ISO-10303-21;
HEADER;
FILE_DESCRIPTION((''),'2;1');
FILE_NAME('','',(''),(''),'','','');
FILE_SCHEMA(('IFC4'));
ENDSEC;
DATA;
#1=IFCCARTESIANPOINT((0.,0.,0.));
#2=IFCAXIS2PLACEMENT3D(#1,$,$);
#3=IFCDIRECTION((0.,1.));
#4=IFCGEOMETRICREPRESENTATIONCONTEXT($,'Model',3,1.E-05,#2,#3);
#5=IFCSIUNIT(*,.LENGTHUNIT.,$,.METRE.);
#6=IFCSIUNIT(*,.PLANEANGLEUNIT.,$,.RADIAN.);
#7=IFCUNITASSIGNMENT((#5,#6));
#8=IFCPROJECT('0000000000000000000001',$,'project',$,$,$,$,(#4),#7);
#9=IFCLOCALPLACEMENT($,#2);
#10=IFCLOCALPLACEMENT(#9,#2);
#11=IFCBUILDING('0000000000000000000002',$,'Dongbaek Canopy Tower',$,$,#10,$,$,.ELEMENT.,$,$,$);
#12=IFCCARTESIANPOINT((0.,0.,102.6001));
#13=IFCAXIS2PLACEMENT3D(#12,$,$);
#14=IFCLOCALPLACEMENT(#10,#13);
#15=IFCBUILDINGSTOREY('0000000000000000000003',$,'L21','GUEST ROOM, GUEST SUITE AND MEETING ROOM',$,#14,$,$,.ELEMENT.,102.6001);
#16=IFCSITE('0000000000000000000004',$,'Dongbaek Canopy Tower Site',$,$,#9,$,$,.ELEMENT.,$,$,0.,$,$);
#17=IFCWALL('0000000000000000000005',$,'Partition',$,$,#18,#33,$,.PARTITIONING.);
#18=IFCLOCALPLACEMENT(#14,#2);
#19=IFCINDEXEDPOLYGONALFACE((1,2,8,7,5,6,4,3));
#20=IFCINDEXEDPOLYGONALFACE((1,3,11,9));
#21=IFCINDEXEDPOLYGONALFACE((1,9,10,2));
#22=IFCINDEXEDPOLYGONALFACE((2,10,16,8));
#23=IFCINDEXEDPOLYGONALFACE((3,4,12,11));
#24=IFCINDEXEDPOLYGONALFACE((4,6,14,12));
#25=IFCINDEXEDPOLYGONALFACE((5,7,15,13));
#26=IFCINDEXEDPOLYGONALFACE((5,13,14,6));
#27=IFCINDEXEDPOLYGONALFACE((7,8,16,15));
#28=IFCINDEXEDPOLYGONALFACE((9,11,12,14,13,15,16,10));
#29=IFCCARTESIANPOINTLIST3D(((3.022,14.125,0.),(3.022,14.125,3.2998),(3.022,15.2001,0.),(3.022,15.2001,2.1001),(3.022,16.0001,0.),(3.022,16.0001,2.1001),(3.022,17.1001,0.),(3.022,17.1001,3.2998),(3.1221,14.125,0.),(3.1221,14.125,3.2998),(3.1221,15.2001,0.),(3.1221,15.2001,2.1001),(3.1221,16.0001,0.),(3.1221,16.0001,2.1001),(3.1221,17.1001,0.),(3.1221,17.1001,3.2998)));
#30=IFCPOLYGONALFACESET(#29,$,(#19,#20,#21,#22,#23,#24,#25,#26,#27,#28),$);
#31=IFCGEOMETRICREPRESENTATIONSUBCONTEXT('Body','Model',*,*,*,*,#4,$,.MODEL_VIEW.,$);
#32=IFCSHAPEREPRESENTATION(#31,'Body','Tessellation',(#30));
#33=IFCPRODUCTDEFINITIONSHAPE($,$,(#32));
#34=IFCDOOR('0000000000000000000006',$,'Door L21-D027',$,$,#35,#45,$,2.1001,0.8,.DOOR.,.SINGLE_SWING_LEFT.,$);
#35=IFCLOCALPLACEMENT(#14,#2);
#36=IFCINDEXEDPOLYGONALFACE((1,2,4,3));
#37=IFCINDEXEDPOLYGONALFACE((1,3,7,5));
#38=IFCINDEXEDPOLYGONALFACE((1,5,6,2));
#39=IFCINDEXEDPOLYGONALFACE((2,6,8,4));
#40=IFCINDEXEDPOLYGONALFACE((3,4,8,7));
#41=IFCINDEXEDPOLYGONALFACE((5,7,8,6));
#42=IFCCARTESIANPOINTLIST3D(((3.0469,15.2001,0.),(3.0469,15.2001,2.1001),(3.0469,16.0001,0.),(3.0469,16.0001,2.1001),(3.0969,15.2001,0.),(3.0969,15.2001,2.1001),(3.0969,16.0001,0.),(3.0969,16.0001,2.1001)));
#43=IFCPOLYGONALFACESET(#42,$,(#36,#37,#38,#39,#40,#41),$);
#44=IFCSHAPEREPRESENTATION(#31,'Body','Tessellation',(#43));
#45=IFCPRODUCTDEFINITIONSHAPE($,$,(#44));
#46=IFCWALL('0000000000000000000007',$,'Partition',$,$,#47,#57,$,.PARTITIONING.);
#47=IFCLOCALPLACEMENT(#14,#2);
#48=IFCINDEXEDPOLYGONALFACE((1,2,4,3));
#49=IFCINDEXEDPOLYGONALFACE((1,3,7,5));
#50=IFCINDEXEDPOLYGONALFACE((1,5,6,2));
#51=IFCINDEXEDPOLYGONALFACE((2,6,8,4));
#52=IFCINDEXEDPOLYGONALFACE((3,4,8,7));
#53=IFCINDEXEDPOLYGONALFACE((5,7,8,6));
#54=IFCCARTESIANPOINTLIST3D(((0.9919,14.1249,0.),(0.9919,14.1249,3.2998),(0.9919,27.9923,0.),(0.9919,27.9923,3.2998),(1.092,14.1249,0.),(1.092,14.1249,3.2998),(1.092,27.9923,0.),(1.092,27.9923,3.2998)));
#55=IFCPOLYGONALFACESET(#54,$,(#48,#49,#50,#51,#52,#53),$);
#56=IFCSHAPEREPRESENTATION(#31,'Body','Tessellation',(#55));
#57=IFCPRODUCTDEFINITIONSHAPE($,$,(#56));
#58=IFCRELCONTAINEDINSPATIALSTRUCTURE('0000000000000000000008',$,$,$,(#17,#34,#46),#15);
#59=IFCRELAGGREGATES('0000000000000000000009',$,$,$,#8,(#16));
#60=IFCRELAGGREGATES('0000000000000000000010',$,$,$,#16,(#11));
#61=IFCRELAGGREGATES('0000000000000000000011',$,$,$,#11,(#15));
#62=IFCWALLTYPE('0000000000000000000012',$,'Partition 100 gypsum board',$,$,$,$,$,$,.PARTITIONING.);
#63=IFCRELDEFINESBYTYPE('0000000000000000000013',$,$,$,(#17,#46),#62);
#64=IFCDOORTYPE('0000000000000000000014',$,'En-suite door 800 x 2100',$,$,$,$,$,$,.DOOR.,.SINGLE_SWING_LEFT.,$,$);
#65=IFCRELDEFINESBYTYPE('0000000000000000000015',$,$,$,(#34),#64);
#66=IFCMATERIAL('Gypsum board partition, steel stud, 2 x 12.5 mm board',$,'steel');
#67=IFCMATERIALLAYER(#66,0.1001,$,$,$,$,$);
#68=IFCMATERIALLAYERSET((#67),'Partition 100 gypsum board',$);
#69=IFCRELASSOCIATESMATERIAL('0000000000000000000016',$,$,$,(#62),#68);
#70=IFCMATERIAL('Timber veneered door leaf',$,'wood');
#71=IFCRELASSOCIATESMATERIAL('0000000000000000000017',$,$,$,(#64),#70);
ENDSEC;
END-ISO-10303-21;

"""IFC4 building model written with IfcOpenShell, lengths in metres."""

from ifc_helpers import new_model, si_unit, direction, frame, frame_2d, origin, place, context, subcontext, project, spatial, rectangle, extrude, material, layer, layer_set, type_object, element, fill, save


model = new_model("IFC4")

# Units and contexts
model_context = context("Model", 3, precision=1e-05, world=origin(), true_north=direction((0.0, 1.0)))
body_context = subcontext(model_context, "Body", "Model", "MODEL_VIEW")
ifc_project = project(units=[si_unit("LENGTHUNIT", "METRE"), si_unit("PLANEANGLEUNIT", "RADIAN")], contexts=[model_context])

# Site, building, storey
site_placement = place(None, origin())
site = spatial("IfcSite", under=ifc_project, at=site_placement, Name="Dongbaek Canopy Tower Site", CompositionType="ELEMENT", RefElevation=0.0)
building_placement = place(site_placement, origin())
building = spatial("IfcBuilding", under=site, at=building_placement, Name="Dongbaek Canopy Tower", CompositionType="ELEMENT")
storey_placement = place(building_placement, frame((0.0, 0.0, 102.6001)))
storey = spatial("IfcBuildingStorey", under=building, at=storey_placement, Name="L21", Description="GUEST ROOM, GUEST SUITE AND MEETING ROOM", CompositionType="ELEMENT", Elevation=102.6001)

# Shared definitions
ifc_material_1 = material(Name="Gypsum board partition, steel stud, 2 x 12.5 mm board", Category="steel")
ifc_layer_1 = layer(ifc_material_1, 0.1001)
ifc_layer_set_1 = layer_set([ifc_layer_1], Name="Partition 100 gypsum board")
wall_type_1 = type_object("IfcWallType", Name="Partition 100 gypsum board", PredefinedType="PARTITIONING", material=ifc_layer_set_1)

# Shared definitions
ifc_material_2 = material(Name="Timber veneered door leaf", Category="wood")
door_type = type_object("IfcDoorType", Name="En-suite door 800 x 2100", OperationType="SINGLE_SWING_LEFT", PredefinedType="DOOR", material=ifc_material_2)

# Wall, opening, door
wall_1_placement = place(storey_placement, frame((3.072, 17.1001, 0.0), z_axis=(0.0, 0.0, 1.0), x_axis=(0.0, -1.0, 0.0)))
wall_1 = element("IfcWall", 1, at=wall_1_placement, inside=storey, type_object=wall_type_1, Name="Partition", PredefinedType="PARTITIONING", context=body_context, shape_type="SweptSolid", body=[
    extrude(rectangle(XDim=2.9751, YDim=0.1001, at=frame_2d((1.4875, 0.0))), origin(), (0.0, 0.0, 1.0), 3.2998),
])
opening_1_placement = place(wall_1_placement, frame((1.1001, 0.0, 0.0)))
opening_1 = element("IfcOpeningElement", 2, at=opening_1_placement, cuts=wall_1, PredefinedType="OPENING", context=body_context, shape_type="SweptSolid", body=[
    extrude(rectangle(XDim=0.8, YDim=2.1001, at=frame_2d((0.3999, 1.05))), frame((0.0, 0.0601, 0.0), z_axis=(0.0, -1.0, 0.0), x_axis=(1.0, 0.0, 0.0)), (0.0, 0.0, 1.0), 0.1201),
])
door_1_placement = place(opening_1_placement, origin())
door_1 = element("IfcDoor", 3, at=door_1_placement, inside=storey, type_object=door_type, Name="Door L21-D027", OperationType="SINGLE_SWING_LEFT", OverallHeight=2.1001, OverallWidth=0.8, PredefinedType="DOOR", context=body_context, shape_type="SweptSolid", body=[
    extrude(rectangle(XDim=0.8, YDim=2.1001, at=frame_2d((0.3999, 1.05))), frame((0.0, 0.0249, 0.0), z_axis=(0.0, -1.0, 0.0), x_axis=(1.0, 0.0, 0.0)), (0.0, 0.0, 1.0), 0.05),
])
fill(opening_1, door_1)

# Wall
wall_2_placement = place(storey_placement, frame((1.042, 14.125, 0.0), z_axis=(0.0, 0.0, 1.0), x_axis=(0.0, 1.0, 0.0)))
element("IfcWall", 4, at=wall_2_placement, inside=storey, type_object=wall_type_1, Name="Partition", PredefinedType="PARTITIONING", context=body_context, shape_type="SweptSolid", body=[
    extrude(rectangle(XDim=13.8674, YDim=0.1001, at=frame_2d((6.9336, 0.0))), origin(), (0.0, 0.0, 1.0), 3.2998),
])

save(model, "model.ifc")
